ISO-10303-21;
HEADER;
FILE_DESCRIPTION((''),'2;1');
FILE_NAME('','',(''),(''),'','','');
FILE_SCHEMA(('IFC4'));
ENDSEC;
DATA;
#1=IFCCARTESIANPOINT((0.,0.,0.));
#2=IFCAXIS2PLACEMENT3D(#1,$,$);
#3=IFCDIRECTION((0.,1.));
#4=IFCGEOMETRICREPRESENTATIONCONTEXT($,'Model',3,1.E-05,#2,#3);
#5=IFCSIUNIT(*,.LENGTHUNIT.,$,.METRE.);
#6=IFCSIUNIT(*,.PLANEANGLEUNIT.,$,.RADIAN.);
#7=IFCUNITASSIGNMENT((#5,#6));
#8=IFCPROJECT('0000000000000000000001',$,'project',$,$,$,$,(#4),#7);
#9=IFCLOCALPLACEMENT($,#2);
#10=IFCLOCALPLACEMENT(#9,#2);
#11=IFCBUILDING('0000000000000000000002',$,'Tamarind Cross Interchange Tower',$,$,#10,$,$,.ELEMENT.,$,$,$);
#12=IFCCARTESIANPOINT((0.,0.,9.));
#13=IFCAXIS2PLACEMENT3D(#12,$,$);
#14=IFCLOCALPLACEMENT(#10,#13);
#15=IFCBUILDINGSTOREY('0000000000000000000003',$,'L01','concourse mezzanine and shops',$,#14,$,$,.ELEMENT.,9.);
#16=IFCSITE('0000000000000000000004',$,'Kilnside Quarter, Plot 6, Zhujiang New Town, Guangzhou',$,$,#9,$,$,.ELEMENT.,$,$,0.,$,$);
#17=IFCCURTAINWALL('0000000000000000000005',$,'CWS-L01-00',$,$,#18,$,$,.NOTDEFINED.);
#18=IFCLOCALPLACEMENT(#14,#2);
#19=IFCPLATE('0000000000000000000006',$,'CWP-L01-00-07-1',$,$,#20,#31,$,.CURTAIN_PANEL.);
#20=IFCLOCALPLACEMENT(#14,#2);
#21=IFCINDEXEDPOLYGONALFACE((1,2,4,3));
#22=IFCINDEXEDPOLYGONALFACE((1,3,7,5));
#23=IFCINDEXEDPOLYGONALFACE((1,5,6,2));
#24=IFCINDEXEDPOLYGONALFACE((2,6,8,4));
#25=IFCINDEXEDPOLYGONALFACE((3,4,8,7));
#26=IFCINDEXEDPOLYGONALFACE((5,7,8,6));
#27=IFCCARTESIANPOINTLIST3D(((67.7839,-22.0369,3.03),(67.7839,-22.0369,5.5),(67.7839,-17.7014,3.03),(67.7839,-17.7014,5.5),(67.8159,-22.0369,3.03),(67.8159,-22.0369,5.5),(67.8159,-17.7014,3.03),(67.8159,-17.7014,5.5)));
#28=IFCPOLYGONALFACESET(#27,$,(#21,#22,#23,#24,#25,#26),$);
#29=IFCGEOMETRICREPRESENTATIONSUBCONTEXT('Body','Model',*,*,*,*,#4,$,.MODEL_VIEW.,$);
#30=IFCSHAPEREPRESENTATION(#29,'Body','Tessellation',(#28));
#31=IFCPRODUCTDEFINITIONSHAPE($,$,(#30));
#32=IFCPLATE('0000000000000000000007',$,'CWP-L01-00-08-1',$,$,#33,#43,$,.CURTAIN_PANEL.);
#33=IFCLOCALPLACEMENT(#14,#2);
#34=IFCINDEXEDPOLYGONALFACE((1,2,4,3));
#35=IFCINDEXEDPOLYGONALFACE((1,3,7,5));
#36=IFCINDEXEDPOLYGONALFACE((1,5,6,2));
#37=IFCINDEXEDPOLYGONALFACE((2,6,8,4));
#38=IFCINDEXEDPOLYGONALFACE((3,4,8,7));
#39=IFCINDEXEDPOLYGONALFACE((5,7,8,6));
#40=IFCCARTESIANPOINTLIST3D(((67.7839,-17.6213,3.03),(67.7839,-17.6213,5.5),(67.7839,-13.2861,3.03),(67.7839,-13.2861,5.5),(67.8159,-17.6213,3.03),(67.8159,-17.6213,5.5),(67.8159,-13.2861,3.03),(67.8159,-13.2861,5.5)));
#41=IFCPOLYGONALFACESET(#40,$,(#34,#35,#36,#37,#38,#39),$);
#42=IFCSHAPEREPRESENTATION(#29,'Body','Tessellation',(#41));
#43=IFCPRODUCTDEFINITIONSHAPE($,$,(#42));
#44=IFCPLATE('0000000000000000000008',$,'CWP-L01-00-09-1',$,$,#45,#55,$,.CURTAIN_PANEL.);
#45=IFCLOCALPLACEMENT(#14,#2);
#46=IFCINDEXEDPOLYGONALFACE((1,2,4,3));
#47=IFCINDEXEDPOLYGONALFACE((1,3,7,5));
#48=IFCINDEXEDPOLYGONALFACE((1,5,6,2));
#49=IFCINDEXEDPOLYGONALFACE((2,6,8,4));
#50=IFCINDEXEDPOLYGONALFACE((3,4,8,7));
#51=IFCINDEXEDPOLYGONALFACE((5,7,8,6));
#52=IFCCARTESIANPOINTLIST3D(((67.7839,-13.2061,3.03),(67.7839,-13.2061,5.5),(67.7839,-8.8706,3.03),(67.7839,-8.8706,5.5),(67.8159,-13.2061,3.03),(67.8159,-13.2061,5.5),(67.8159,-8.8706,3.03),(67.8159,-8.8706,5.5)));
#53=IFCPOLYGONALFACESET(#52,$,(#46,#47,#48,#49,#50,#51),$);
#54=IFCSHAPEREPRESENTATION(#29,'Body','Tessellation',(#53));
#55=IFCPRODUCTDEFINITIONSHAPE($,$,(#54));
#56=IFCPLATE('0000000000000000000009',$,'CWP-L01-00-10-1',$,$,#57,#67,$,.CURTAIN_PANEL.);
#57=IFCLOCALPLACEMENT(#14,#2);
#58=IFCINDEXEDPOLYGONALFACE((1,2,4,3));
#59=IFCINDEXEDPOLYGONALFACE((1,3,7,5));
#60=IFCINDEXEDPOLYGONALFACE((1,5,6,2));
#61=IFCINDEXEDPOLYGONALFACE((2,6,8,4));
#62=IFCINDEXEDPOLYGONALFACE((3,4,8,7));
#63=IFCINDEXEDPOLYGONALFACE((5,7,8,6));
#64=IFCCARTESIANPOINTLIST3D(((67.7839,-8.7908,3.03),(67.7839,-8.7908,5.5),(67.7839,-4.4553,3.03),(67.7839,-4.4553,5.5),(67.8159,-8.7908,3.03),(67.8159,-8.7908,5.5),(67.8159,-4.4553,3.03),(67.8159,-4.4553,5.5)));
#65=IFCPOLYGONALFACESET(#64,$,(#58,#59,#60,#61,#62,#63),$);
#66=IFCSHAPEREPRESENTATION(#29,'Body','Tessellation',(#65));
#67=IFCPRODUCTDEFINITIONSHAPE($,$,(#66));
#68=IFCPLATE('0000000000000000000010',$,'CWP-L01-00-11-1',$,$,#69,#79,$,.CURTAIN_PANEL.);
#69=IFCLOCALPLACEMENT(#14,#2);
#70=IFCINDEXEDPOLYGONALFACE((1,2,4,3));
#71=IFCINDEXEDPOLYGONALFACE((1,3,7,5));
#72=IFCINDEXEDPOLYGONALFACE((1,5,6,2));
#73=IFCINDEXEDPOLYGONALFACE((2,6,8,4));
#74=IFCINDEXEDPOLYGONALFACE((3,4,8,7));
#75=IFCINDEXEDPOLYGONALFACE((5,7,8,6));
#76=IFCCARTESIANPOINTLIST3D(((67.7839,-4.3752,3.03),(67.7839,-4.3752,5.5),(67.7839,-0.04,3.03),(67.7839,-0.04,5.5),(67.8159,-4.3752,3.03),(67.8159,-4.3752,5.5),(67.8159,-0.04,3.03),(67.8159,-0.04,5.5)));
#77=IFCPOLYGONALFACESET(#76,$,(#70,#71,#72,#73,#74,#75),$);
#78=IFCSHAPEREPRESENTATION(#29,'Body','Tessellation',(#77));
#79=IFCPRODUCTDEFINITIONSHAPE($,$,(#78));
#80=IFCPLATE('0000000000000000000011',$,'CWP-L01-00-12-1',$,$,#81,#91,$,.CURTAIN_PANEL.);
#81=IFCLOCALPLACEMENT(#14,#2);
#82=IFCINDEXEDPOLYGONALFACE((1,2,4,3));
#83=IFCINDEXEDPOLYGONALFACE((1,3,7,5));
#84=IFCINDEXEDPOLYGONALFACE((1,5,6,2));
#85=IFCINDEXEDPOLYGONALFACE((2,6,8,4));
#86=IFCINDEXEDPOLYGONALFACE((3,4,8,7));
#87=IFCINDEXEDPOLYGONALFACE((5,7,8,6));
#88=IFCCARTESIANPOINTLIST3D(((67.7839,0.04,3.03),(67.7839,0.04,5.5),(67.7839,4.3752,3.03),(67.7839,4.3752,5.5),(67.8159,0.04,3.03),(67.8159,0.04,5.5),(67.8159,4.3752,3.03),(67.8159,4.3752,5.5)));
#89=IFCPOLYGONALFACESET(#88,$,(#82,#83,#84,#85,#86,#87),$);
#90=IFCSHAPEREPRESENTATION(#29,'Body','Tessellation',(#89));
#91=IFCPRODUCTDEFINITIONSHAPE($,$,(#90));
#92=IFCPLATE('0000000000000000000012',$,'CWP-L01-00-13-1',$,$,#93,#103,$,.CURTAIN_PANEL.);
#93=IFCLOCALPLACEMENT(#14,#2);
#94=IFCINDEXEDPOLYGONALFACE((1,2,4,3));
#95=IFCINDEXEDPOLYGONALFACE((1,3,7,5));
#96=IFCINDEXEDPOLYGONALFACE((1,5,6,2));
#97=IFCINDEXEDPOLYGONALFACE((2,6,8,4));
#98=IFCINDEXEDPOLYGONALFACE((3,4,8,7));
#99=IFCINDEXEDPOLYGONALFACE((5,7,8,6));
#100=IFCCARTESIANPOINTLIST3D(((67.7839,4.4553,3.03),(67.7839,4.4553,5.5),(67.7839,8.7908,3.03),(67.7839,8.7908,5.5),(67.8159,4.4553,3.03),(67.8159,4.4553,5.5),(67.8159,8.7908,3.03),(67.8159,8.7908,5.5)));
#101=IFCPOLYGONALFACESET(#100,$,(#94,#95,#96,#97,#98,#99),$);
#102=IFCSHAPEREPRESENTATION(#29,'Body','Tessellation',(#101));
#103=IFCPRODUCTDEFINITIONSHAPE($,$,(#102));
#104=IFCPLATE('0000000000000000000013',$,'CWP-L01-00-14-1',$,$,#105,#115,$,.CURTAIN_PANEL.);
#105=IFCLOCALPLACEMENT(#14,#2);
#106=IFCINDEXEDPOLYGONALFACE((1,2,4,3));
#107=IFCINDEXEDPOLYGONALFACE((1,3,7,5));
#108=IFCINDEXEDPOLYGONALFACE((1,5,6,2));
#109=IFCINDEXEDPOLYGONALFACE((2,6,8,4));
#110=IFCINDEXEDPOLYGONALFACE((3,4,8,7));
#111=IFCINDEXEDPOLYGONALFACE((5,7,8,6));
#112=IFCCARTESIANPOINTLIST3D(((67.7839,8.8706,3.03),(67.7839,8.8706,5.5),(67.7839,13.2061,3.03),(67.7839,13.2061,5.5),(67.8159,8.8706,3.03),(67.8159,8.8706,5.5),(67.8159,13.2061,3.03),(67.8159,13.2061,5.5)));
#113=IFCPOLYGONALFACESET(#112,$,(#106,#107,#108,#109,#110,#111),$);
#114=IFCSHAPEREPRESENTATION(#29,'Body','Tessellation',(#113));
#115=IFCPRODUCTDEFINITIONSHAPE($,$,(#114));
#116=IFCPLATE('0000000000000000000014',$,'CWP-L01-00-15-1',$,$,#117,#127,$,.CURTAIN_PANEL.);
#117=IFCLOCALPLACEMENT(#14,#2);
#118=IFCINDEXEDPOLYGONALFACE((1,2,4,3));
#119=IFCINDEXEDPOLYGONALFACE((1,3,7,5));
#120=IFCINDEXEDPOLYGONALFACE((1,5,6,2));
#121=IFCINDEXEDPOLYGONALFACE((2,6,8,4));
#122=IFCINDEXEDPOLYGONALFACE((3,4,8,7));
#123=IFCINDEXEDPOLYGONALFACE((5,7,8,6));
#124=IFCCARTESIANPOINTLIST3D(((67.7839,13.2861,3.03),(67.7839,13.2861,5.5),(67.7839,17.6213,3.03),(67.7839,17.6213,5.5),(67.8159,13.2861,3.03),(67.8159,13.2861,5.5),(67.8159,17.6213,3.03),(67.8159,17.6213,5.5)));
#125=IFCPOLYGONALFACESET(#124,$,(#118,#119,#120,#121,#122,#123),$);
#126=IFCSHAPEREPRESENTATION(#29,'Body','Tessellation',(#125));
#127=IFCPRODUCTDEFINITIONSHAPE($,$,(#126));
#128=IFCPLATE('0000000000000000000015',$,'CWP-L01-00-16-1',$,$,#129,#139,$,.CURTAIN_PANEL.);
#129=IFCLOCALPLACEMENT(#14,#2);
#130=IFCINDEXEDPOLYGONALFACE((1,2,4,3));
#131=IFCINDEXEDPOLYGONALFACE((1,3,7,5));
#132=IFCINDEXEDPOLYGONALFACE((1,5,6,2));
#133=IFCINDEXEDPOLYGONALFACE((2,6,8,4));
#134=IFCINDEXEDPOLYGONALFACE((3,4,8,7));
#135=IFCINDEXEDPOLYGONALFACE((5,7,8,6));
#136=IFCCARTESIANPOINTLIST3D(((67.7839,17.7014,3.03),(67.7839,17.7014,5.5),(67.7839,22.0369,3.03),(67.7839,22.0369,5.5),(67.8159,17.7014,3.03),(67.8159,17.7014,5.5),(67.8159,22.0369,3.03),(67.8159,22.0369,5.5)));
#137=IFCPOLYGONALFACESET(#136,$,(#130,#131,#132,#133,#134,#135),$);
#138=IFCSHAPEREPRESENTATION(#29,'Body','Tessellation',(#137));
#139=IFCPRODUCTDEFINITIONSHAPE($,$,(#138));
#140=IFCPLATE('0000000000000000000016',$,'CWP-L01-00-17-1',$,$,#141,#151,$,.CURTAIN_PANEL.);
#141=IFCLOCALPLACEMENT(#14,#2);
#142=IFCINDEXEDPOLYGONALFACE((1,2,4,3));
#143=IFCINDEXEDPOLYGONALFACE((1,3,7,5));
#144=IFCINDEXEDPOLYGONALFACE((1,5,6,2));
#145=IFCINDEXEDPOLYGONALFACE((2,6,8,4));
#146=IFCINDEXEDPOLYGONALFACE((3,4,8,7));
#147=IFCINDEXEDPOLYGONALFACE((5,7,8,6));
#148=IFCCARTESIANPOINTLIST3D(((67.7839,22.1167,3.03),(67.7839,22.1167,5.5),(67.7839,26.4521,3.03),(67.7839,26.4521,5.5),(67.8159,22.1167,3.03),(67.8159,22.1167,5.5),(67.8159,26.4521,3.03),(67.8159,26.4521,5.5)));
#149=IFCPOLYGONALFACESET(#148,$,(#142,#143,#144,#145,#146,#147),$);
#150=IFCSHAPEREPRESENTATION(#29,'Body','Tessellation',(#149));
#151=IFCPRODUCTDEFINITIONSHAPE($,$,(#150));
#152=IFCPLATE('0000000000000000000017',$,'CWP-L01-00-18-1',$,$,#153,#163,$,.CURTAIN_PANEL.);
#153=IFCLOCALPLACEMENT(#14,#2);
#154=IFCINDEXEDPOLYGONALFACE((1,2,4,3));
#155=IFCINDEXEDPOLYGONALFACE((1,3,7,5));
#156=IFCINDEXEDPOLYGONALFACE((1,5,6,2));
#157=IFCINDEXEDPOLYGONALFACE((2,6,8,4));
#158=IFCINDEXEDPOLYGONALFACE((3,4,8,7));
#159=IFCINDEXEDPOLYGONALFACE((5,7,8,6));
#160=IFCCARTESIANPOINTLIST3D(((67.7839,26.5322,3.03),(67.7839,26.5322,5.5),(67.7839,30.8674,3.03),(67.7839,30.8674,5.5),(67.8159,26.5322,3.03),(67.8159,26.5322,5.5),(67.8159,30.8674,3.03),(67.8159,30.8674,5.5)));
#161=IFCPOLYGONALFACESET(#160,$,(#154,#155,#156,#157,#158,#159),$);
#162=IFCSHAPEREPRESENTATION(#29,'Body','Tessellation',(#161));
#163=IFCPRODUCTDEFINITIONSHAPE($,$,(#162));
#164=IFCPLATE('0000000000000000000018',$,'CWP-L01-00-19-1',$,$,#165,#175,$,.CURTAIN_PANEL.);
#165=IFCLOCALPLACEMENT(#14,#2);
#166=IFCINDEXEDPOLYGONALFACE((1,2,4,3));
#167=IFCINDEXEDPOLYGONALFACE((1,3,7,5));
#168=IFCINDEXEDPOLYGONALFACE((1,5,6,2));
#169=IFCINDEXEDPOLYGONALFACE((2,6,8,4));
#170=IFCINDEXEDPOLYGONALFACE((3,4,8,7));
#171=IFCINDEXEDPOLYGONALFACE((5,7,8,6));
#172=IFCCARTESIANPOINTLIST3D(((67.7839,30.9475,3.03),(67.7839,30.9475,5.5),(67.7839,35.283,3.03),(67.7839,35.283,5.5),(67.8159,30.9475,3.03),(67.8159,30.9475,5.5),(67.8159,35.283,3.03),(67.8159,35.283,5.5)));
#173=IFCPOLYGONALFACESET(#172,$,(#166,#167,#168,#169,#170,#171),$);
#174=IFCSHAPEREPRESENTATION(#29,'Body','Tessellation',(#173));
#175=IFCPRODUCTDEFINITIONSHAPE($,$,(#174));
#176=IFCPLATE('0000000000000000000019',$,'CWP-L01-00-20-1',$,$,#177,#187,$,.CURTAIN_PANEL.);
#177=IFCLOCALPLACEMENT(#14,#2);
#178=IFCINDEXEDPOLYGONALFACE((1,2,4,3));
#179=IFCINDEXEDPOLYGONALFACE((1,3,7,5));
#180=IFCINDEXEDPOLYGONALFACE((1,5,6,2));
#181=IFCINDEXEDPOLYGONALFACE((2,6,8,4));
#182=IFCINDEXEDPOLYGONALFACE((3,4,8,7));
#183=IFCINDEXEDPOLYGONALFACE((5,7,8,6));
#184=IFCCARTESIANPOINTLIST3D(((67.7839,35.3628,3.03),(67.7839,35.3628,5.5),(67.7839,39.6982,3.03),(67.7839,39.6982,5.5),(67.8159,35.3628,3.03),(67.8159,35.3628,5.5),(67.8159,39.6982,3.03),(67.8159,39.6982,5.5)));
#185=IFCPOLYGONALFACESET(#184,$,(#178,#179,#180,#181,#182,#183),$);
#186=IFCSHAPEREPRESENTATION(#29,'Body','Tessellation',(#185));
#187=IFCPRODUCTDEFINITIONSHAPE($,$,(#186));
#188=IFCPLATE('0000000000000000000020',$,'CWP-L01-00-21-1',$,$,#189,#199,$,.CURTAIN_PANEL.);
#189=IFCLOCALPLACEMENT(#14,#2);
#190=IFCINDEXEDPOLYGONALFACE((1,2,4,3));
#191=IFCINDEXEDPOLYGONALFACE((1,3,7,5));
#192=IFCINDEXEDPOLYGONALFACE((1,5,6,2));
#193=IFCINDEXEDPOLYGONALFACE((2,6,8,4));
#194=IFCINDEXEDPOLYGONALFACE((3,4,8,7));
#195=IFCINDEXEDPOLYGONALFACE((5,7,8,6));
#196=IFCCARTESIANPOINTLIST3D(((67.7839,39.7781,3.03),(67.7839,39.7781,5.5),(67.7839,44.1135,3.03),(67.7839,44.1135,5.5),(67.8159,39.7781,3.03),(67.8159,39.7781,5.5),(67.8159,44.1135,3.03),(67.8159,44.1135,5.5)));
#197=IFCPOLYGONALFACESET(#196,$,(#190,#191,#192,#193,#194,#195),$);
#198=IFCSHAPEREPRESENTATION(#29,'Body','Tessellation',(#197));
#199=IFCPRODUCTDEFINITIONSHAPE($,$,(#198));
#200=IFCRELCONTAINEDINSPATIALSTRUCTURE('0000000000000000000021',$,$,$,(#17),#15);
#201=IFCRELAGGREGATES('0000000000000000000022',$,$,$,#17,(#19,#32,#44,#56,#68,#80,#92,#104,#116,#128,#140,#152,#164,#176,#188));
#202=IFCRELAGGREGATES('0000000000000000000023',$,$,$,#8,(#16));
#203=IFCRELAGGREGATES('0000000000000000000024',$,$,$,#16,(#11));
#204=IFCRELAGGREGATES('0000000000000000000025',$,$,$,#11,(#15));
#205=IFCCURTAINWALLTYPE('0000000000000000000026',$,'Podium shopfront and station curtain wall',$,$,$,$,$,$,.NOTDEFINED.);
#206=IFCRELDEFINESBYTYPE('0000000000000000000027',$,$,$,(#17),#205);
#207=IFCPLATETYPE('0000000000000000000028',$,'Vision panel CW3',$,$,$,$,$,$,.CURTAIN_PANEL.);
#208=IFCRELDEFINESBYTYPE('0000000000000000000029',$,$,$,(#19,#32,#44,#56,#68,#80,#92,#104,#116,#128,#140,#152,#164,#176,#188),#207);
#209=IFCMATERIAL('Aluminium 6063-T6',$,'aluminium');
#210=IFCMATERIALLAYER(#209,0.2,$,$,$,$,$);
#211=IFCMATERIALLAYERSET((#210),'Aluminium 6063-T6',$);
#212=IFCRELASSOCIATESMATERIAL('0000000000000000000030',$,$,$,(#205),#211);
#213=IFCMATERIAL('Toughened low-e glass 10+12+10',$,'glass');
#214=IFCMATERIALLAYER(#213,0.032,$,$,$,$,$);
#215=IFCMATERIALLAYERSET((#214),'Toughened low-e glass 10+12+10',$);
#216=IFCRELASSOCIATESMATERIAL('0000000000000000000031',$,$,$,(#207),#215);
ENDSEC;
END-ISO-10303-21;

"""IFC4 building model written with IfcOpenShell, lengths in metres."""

from ifc_helpers import new_model, si_unit, direction, frame, origin, place, context, subcontext, project, spatial, polyline, outline, extrude, material, layer, layer_set, type_object, element, aggregate, save


model = new_model("IFC4")

# Units and contexts
model_context = context("Model", 3, precision=1e-05, world=origin(), true_north=direction((0.0, 1.0)))
body_context = subcontext(model_context, "Body", "Model", "MODEL_VIEW")
ifc_project = project(units=[si_unit("LENGTHUNIT", "METRE"), si_unit("PLANEANGLEUNIT", "RADIAN")], contexts=[model_context])

# Site, building, storey
site_placement = place(None, origin())
site = spatial("IfcSite", under=ifc_project, at=site_placement, Name="Kilnside Quarter, Plot 6, Zhujiang New Town, Guangzhou", CompositionType="ELEMENT", RefElevation=0.0)
building_placement = place(site_placement, origin())
building = spatial("IfcBuilding", under=site, at=building_placement, Name="Tamarind Cross Interchange Tower", CompositionType="ELEMENT")
storey_placement = place(building_placement, frame((0.0, 0.0, 9.0)))
storey = spatial("IfcBuildingStorey", under=building, at=storey_placement, Name="L01", Description="concourse mezzanine and shops", CompositionType="ELEMENT", Elevation=9.0)

# Curtain wall, plates
ifc_material_1 = material(Name="Aluminium 6063-T6", Category="aluminium")
ifc_layer_1 = layer(ifc_material_1, 0.2)
ifc_layer_set_1 = layer_set([ifc_layer_1], Name="Aluminium 6063-T6")
curtain_wall_type = type_object("IfcCurtainWallType", Name="Podium shopfront and station curtain wall", PredefinedType="NOTDEFINED", material=ifc_layer_set_1)
curtain_wall_placement = place(storey_placement, origin())
curtain_wall = element("IfcCurtainWall", 1, at=curtain_wall_placement, inside=storey, type_object=curtain_wall_type, Name="CWS-L01-00", PredefinedType="NOTDEFINED")
ifc_material_2 = material(Name="Toughened low-e glass 10+12+10", Category="glass")
ifc_layer_2 = layer(ifc_material_2, 0.032)
ifc_layer_set_2 = layer_set([ifc_layer_2], Name="Toughened low-e glass 10+12+10")
plate_type = type_object("IfcPlateType", Name="Vision panel CW3", PredefinedType="CURTAIN_PANEL", material=ifc_layer_set_2)
plate_1_placement = place(storey_placement, frame((0.0, 0.0, 3.03)))
plate_1 = element("IfcPlate", 2, at=plate_1_placement, type_object=plate_type, Name="CWP-L01-00-07-1", PredefinedType="CURTAIN_PANEL", context=body_context, shape_type="SweptSolid", body=[
    extrude(outline(polyline([(67.7839, -22.0369), (67.7839, -17.7014), (67.8159, -17.7014), (67.8159, -22.0369), (67.7839, -22.0369)])), origin(), (0.0, 0.0, 1.0), 2.47),
])
plate_2_placement = place(storey_placement, frame((0.0, 0.0, 3.03)))
plate_2 = element("IfcPlate", 3, at=plate_2_placement, type_object=plate_type, Name="CWP-L01-00-08-1", PredefinedType="CURTAIN_PANEL", context=body_context, shape_type="SweptSolid", body=[
    extrude(outline(polyline([(67.7839, -17.6213), (67.7839, -13.2861), (67.8159, -13.2861), (67.8159, -17.6213), (67.7839, -17.6213)])), origin(), (0.0, 0.0, 1.0), 2.47),
])
plate_3_placement = place(storey_placement, frame((0.0, 0.0, 3.03)))
plate_3 = element("IfcPlate", 4, at=plate_3_placement, type_object=plate_type, Name="CWP-L01-00-09-1", PredefinedType="CURTAIN_PANEL", context=body_context, shape_type="SweptSolid", body=[
    extrude(outline(polyline([(67.7839, -13.2061), (67.7839, -8.8706), (67.8159, -8.8706), (67.8159, -13.2061), (67.7839, -13.2061)])), origin(), (0.0, 0.0, 1.0), 2.47),
])
plate_4_placement = place(storey_placement, frame((0.0, 0.0, 3.03)))
plate_4 = element("IfcPlate", 5, at=plate_4_placement, type_object=plate_type, Name="CWP-L01-00-10-1", PredefinedType="CURTAIN_PANEL", context=body_context, shape_type="SweptSolid", body=[
    extrude(outline(polyline([(67.7839, -8.7908), (67.7839, -4.4553), (67.8159, -4.4553), (67.8159, -8.7908), (67.7839, -8.7908)])), origin(), (0.0, 0.0, 1.0), 2.47),
])
plate_5_placement = place(storey_placement, frame((0.0, 0.0, 3.03)))
plate_5 = element("IfcPlate", 6, at=plate_5_placement, type_object=plate_type, Name="CWP-L01-00-11-1", PredefinedType="CURTAIN_PANEL", context=body_context, shape_type="SweptSolid", body=[
    extrude(outline(polyline([(67.7839, -4.3752), (67.7839, -0.04), (67.8159, -0.04), (67.8159, -4.3752), (67.7839, -4.3752)])), origin(), (0.0, 0.0, 1.0), 2.47),
])
plate_6_placement = place(storey_placement, frame((0.0, 0.0, 3.03)))
plate_6 = element("IfcPlate", 7, at=plate_6_placement, type_object=plate_type, Name="CWP-L01-00-12-1", PredefinedType="CURTAIN_PANEL", context=body_context, shape_type="SweptSolid", body=[
    extrude(outline(polyline([(67.7839, 0.04), (67.7839, 4.3752), (67.8159, 4.3752), (67.8159, 0.04), (67.7839, 0.04)])), origin(), (0.0, 0.0, 1.0), 2.47),
])
plate_7_placement = place(storey_placement, frame((0.0, 0.0, 3.03)))
plate_7 = element("IfcPlate", 8, at=plate_7_placement, type_object=plate_type, Name="CWP-L01-00-13-1", PredefinedType="CURTAIN_PANEL", context=body_context, shape_type="SweptSolid", body=[
    extrude(outline(polyline([(67.7839, 4.4553), (67.7839, 8.7908), (67.8159, 8.7908), (67.8159, 4.4553), (67.7839, 4.4553)])), origin(), (0.0, 0.0, 1.0), 2.47),
])
plate_8_placement = place(storey_placement, frame((0.0, 0.0, 3.03)))
plate_8 = element("IfcPlate", 9, at=plate_8_placement, type_object=plate_type, Name="CWP-L01-00-14-1", PredefinedType="CURTAIN_PANEL", context=body_context, shape_type="SweptSolid", body=[
    extrude(outline(polyline([(67.7839, 8.8706), (67.7839, 13.2061), (67.8159, 13.2061), (67.8159, 8.8706), (67.7839, 8.8706)])), origin(), (0.0, 0.0, 1.0), 2.47),
])
plate_9_placement = place(storey_placement, frame((0.0, 0.0, 3.03)))
plate_9 = element("IfcPlate", 10, at=plate_9_placement, type_object=plate_type, Name="CWP-L01-00-15-1", PredefinedType="CURTAIN_PANEL", context=body_context, shape_type="SweptSolid", body=[
    extrude(outline(polyline([(67.7839, 13.2861), (67.7839, 17.6213), (67.8159, 17.6213), (67.8159, 13.2861), (67.7839, 13.2861)])), origin(), (0.0, 0.0, 1.0), 2.47),
])
plate_10_placement = place(storey_placement, frame((0.0, 0.0, 3.03)))
plate_10 = element("IfcPlate", 11, at=plate_10_placement, type_object=plate_type, Name="CWP-L01-00-16-1", PredefinedType="CURTAIN_PANEL", context=body_context, shape_type="SweptSolid", body=[
    extrude(outline(polyline([(67.7839, 17.7014), (67.7839, 22.0369), (67.8159, 22.0369), (67.8159, 17.7014), (67.7839, 17.7014)])), origin(), (0.0, 0.0, 1.0), 2.47),
])
plate_11_placement = place(storey_placement, frame((0.0, 0.0, 3.03)))
plate_11 = element("IfcPlate", 12, at=plate_11_placement, type_object=plate_type, Name="CWP-L01-00-17-1", PredefinedType="CURTAIN_PANEL", context=body_context, shape_type="SweptSolid", body=[
    extrude(outline(polyline([(67.7839, 22.1167), (67.7839, 26.4521), (67.8159, 26.4521), (67.8159, 22.1167), (67.7839, 22.1167)])), origin(), (0.0, 0.0, 1.0), 2.47),
])
plate_12_placement = place(storey_placement, frame((0.0, 0.0, 3.03)))
plate_12 = element("IfcPlate", 13, at=plate_12_placement, type_object=plate_type, Name="CWP-L01-00-18-1", PredefinedType="CURTAIN_PANEL", context=body_context, shape_type="SweptSolid", body=[
    extrude(outline(polyline([(67.7839, 26.5322), (67.7839, 30.8674), (67.8159, 30.8674), (67.8159, 26.5322), (67.7839, 26.5322)])), origin(), (0.0, 0.0, 1.0), 2.47),
])
plate_13_placement = place(storey_placement, frame((0.0, 0.0, 3.03)))
plate_13 = element("IfcPlate", 14, at=plate_13_placement, type_object=plate_type, Name="CWP-L01-00-19-1", PredefinedType="CURTAIN_PANEL", context=body_context, shape_type="SweptSolid", body=[
    extrude(outline(polyline([(67.7839, 30.9475), (67.7839, 35.283), (67.8159, 35.283), (67.8159, 30.9475), (67.7839, 30.9475)])), origin(), (0.0, 0.0, 1.0), 2.47),
])
plate_14_placement = place(storey_placement, frame((0.0, 0.0, 3.03)))
plate_14 = element("IfcPlate", 15, at=plate_14_placement, type_object=plate_type, Name="CWP-L01-00-20-1", PredefinedType="CURTAIN_PANEL", context=body_context, shape_type="SweptSolid", body=[
    extrude(outline(polyline([(67.7839, 35.3628), (67.7839, 39.6982), (67.8159, 39.6982), (67.8159, 35.3628), (67.7839, 35.3628)])), origin(), (0.0, 0.0, 1.0), 2.47),
])
plate_15_placement = place(storey_placement, frame((0.0, 0.0, 3.03)))
plate_15 = element("IfcPlate", 16, at=plate_15_placement, type_object=plate_type, Name="CWP-L01-00-21-1", PredefinedType="CURTAIN_PANEL", context=body_context, shape_type="SweptSolid", body=[
    extrude(outline(polyline([(67.7839, 39.7781), (67.7839, 44.1135), (67.8159, 44.1135), (67.8159, 39.7781), (67.7839, 39.7781)])), origin(), (0.0, 0.0, 1.0), 2.47),
])
aggregate(curtain_wall, [plate_1, plate_2, plate_3, plate_4, plate_5, plate_6, plate_7, plate_8, plate_9, plate_10, plate_11, plate_12, plate_13, plate_14, plate_15])

save(model, "model.ifc")
